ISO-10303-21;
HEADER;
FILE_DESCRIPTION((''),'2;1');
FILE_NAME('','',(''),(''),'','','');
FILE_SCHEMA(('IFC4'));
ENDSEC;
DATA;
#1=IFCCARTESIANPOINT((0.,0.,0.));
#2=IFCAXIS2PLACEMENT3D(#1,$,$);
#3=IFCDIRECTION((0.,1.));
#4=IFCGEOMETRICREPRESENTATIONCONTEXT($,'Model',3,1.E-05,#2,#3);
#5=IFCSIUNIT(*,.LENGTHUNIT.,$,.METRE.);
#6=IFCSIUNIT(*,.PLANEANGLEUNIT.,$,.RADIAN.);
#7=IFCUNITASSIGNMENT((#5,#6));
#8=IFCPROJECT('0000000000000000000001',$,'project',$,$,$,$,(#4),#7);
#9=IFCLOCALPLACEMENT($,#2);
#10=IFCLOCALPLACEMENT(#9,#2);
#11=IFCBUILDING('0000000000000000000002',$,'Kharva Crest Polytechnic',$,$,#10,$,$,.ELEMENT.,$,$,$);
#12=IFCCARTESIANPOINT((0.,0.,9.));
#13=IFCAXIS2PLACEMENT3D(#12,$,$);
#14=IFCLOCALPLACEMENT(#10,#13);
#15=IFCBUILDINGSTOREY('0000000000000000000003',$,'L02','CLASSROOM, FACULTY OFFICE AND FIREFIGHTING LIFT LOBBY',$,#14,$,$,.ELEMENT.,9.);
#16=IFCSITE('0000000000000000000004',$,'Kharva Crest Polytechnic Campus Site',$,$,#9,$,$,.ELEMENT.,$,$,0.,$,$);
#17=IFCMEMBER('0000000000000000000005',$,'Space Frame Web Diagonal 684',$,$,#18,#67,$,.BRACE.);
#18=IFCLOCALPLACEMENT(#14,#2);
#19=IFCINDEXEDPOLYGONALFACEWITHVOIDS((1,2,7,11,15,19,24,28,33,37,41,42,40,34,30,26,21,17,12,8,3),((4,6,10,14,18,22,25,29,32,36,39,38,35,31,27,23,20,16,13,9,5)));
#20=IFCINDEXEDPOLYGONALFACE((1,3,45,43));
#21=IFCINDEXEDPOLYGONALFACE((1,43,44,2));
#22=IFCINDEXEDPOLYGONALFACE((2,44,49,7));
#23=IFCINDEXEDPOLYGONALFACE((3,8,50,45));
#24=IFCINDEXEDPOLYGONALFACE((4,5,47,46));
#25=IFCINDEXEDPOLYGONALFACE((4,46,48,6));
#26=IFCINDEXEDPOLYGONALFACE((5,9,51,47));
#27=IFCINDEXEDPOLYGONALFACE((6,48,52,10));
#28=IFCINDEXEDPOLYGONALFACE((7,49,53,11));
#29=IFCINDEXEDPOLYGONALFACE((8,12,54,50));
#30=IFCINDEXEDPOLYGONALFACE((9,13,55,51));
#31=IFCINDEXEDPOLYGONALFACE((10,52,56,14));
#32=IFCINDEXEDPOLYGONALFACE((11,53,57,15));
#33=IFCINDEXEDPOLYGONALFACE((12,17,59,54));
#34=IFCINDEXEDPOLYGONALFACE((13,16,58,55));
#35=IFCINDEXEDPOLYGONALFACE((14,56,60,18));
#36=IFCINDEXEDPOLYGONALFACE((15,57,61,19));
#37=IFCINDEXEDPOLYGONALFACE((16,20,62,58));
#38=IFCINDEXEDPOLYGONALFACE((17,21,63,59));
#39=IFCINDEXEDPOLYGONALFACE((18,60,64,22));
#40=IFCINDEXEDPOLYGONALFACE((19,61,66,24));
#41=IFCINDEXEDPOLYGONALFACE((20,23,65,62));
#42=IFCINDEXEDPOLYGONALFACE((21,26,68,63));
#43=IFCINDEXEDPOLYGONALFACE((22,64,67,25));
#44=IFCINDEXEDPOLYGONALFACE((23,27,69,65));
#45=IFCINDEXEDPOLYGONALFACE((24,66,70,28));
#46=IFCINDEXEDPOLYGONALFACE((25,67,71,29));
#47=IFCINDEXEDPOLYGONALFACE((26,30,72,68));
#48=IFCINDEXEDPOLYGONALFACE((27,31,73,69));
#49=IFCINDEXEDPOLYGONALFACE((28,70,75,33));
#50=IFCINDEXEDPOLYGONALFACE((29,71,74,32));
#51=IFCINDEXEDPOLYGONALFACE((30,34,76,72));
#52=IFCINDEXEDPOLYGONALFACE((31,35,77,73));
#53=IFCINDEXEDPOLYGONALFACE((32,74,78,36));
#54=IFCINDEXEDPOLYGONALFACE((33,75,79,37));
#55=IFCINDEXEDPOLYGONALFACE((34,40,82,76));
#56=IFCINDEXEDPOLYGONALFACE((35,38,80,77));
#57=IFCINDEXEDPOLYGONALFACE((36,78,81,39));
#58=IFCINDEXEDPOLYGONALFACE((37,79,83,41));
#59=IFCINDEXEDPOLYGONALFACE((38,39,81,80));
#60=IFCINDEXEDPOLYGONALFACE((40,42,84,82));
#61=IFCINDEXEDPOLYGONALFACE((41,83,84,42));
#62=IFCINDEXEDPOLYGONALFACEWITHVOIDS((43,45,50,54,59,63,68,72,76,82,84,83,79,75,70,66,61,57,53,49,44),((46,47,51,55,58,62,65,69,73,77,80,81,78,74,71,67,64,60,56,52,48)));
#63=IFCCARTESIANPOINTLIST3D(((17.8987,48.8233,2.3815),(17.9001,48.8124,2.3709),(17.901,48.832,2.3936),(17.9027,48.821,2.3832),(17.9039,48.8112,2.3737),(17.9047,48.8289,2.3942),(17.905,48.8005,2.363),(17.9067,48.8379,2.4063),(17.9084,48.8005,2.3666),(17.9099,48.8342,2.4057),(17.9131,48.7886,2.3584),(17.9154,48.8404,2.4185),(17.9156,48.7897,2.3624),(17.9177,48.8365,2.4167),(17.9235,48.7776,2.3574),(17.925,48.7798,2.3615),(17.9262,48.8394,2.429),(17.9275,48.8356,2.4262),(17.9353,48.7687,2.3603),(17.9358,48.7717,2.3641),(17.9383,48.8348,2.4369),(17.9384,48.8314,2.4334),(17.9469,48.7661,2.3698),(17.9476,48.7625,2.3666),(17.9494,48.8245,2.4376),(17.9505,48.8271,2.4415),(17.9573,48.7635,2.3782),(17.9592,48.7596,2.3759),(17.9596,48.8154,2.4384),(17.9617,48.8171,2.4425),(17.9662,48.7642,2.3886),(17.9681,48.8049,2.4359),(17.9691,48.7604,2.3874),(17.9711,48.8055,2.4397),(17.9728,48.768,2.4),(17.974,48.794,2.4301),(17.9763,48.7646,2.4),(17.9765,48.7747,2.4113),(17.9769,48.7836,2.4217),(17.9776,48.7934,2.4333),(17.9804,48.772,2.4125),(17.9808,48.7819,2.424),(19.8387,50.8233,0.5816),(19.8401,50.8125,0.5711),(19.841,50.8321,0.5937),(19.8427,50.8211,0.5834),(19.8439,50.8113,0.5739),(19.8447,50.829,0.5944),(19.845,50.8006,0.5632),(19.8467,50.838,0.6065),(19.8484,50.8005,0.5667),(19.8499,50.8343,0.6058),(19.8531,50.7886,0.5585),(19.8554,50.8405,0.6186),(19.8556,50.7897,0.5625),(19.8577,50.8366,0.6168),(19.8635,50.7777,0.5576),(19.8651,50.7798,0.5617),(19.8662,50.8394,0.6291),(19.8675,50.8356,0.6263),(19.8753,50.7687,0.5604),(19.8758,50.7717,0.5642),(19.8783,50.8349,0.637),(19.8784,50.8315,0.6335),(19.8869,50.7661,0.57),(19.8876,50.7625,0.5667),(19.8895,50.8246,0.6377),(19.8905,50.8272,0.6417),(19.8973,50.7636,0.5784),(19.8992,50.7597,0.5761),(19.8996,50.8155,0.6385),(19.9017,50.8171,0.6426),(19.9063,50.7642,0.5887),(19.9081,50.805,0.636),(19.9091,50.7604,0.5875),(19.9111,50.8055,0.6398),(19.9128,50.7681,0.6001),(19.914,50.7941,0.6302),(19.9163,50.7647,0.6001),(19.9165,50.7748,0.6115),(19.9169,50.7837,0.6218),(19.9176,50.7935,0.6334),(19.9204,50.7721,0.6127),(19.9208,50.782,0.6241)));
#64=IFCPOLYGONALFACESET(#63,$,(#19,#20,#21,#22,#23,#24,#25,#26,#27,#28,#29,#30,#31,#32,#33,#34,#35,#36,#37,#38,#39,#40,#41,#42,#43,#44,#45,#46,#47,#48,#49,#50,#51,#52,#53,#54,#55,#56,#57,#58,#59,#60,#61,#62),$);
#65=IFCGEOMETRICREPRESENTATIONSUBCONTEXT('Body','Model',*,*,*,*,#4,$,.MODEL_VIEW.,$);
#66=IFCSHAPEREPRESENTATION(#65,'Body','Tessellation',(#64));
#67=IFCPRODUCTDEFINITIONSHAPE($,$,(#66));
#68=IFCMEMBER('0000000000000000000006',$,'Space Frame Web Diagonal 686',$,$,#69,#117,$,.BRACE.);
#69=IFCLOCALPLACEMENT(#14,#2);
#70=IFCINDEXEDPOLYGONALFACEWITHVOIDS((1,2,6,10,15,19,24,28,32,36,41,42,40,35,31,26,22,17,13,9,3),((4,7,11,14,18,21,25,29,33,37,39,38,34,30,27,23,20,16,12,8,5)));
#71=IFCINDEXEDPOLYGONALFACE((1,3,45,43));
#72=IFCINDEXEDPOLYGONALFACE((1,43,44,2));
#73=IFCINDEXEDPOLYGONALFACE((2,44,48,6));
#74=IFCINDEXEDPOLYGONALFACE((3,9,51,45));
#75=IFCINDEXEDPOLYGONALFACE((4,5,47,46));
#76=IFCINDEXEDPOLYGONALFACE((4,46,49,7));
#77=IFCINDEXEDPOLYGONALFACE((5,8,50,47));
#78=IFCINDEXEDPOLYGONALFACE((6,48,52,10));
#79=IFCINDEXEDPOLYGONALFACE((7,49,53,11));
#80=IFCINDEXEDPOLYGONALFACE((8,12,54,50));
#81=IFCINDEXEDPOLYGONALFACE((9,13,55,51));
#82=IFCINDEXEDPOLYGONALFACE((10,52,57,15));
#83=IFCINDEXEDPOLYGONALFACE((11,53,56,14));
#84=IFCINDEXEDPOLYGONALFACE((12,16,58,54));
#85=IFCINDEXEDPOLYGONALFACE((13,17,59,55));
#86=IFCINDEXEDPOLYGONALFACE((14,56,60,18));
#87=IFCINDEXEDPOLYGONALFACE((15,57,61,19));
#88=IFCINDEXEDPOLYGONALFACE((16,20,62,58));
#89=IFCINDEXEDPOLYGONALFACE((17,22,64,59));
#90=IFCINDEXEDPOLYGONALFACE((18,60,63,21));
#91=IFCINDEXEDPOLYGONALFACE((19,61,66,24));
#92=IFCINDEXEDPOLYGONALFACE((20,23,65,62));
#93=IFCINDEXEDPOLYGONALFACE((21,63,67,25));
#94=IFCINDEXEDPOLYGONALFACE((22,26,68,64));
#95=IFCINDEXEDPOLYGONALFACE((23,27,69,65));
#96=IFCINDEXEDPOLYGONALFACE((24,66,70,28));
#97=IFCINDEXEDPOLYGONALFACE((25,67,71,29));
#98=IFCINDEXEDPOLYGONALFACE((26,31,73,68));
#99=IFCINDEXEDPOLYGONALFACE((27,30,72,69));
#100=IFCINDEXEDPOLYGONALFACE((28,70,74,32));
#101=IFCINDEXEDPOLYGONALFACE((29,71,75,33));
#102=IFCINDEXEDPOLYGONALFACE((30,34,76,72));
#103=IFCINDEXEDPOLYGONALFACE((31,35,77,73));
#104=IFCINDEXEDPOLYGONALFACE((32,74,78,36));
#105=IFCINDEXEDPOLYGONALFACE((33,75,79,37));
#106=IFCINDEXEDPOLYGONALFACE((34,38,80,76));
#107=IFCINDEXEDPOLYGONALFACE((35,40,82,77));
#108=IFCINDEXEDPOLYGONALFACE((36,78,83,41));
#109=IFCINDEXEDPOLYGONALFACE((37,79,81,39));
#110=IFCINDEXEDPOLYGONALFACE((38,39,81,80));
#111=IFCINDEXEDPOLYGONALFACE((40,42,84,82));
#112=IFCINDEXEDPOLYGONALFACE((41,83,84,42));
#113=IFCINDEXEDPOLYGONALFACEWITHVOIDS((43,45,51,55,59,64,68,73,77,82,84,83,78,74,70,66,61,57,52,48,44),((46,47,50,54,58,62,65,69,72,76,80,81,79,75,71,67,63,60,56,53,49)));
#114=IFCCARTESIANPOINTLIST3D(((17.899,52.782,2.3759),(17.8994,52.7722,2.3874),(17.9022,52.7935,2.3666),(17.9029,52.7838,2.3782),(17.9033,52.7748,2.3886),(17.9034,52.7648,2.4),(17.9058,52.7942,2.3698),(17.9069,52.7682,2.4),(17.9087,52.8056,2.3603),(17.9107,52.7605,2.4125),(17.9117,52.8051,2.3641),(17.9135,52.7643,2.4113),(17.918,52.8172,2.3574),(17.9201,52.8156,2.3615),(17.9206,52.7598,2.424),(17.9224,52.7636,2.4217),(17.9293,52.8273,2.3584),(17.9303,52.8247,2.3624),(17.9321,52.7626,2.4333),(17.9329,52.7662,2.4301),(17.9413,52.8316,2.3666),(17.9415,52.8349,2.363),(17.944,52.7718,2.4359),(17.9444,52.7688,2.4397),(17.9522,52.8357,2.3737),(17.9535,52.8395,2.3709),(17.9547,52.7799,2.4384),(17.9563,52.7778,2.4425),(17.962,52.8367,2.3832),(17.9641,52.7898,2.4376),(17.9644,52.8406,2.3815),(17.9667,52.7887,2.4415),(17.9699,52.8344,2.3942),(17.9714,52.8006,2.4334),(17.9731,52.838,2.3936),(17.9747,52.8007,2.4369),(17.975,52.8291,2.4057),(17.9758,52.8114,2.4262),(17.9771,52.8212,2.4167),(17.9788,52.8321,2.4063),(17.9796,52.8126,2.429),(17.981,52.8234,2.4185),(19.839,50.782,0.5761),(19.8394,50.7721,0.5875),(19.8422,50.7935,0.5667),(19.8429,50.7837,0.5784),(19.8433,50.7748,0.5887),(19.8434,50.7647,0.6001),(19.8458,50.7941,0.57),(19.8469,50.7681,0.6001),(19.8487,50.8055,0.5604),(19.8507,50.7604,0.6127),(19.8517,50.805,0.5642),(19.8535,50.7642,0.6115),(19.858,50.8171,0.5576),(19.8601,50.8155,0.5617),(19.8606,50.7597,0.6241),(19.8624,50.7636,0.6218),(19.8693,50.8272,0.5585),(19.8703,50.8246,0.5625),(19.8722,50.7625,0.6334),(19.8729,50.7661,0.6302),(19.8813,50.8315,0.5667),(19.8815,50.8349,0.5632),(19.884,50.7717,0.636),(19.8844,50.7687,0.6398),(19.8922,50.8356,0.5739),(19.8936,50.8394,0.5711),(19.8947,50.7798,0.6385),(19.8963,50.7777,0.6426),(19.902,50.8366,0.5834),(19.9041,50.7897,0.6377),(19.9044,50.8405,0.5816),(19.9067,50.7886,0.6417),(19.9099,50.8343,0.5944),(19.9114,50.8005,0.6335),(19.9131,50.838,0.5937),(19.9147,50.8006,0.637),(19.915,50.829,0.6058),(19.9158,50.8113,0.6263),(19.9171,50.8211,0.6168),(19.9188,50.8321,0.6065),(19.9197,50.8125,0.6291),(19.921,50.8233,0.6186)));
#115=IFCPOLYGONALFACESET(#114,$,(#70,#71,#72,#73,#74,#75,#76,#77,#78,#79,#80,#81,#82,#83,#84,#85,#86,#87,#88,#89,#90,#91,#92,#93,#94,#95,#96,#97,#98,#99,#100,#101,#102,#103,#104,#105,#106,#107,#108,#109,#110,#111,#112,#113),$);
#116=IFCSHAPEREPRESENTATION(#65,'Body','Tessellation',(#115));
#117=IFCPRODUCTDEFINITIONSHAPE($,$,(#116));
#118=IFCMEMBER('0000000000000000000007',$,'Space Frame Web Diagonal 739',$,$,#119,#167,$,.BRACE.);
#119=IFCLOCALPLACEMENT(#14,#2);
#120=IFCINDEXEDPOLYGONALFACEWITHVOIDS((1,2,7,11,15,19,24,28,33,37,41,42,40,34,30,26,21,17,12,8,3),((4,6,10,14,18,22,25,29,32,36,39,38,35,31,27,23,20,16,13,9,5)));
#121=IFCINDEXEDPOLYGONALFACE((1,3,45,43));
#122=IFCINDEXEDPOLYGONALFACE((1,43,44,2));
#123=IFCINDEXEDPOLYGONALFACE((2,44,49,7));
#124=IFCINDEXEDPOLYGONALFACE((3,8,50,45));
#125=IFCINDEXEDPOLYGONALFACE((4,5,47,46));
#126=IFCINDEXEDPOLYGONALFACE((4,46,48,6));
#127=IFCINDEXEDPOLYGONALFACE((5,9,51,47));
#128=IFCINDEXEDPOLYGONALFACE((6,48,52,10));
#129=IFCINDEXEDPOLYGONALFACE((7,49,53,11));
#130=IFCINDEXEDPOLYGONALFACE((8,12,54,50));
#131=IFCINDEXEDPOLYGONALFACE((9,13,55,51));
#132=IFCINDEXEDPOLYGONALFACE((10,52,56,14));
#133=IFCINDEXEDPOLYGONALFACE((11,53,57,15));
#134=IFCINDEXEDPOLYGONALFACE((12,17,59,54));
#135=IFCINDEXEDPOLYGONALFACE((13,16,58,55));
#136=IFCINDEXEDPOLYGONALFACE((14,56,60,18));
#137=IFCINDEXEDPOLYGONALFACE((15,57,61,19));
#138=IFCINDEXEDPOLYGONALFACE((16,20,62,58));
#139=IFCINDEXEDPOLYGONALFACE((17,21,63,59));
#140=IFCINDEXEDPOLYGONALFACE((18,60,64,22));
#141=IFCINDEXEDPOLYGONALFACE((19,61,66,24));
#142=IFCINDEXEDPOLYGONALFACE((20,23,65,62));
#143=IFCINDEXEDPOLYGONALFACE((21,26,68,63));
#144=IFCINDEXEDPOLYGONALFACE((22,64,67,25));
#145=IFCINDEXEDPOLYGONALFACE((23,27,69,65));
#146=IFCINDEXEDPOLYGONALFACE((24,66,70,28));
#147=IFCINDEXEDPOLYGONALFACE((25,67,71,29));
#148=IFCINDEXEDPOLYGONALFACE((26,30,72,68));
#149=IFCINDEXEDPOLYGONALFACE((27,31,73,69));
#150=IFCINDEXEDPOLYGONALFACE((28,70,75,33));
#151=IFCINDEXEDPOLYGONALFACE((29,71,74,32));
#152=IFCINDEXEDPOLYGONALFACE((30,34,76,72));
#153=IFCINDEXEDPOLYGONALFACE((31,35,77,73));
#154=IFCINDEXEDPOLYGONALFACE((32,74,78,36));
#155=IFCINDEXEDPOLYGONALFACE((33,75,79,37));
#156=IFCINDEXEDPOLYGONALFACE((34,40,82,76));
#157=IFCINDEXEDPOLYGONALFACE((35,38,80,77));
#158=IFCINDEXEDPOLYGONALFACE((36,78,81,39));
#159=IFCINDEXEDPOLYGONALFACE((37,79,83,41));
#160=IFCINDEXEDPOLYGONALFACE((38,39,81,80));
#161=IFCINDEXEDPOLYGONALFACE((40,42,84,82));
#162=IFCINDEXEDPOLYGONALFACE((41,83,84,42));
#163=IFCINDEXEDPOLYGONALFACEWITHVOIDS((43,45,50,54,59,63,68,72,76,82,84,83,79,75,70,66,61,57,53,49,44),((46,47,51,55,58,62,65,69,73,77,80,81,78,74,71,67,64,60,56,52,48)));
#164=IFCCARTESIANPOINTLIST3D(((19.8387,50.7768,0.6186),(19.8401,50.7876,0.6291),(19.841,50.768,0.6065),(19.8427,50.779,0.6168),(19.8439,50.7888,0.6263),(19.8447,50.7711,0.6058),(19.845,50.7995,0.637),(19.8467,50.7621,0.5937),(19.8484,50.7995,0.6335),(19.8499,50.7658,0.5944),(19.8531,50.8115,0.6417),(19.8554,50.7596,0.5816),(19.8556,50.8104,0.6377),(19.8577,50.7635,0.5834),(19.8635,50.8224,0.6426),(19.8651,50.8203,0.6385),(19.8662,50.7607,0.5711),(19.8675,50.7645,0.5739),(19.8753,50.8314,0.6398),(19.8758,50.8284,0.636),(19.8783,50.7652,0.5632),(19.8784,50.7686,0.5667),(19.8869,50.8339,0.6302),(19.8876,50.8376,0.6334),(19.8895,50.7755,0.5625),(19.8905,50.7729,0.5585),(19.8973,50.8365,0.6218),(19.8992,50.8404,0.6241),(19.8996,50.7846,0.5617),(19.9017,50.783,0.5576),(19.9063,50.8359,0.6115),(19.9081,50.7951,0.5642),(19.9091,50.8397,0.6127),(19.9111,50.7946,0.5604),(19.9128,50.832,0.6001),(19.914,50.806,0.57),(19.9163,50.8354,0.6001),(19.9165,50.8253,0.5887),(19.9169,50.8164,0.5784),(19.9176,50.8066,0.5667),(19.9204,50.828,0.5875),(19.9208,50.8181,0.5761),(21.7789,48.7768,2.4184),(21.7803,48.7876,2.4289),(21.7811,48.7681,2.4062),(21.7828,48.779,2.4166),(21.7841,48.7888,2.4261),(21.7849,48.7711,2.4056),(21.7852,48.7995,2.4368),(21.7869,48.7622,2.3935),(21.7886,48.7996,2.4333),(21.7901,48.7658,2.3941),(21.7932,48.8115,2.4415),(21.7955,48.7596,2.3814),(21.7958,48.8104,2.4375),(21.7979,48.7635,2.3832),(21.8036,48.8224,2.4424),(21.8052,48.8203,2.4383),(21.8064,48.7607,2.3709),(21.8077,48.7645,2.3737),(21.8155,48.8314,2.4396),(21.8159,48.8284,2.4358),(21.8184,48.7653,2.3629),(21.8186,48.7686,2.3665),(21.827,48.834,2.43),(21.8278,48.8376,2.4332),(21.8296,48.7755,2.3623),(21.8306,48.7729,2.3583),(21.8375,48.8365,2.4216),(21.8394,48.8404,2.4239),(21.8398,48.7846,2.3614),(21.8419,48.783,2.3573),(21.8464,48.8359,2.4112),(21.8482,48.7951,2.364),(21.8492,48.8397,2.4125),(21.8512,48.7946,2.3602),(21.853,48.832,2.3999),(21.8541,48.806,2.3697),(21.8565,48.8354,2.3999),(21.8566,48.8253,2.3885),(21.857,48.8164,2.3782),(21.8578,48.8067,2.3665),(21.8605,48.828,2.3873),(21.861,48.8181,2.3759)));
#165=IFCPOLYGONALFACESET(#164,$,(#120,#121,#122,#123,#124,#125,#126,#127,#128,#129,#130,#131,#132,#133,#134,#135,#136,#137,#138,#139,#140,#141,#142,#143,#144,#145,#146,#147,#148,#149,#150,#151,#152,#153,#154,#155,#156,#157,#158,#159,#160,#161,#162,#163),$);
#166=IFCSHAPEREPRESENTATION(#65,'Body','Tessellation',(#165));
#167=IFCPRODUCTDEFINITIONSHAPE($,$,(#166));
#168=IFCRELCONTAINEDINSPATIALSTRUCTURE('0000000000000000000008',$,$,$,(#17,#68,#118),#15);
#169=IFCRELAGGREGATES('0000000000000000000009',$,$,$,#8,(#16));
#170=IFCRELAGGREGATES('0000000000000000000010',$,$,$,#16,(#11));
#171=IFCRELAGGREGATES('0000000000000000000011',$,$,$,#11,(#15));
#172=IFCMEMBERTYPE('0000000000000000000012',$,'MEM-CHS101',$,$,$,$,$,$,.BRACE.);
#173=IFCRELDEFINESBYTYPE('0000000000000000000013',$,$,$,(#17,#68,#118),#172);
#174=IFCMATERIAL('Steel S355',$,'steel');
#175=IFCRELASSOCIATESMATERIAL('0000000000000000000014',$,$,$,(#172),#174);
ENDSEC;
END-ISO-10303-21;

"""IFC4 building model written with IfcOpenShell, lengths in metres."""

from ifc_helpers import new_model, si_unit, direction, frame, origin, origin_2d, place, context, subcontext, project, spatial, hollow_circle, extrude, material, material_profile, profile_set, type_object, element, save


model = new_model("IFC4")

# Units and contexts
model_context = context("Model", 3, precision=1e-05, world=origin(), true_north=direction((0.0, 1.0)))
body_context = subcontext(model_context, "Body", "Model", "MODEL_VIEW")
ifc_project = project(units=[si_unit("LENGTHUNIT", "METRE"), si_unit("PLANEANGLEUNIT", "RADIAN")], contexts=[model_context])

# Site, building, storey
site_placement = place(None, origin())
site = spatial("IfcSite", under=ifc_project, at=site_placement, Name="Kharva Crest Polytechnic Campus Site", CompositionType="ELEMENT", RefElevation=0.0)
building_placement = place(site_placement, origin())
building = spatial("IfcBuilding", under=site, at=building_placement, Name="Kharva Crest Polytechnic", CompositionType="ELEMENT")
storey_placement = place(building_placement, frame((0.0, 0.0, 9.0)))
storey = spatial("IfcBuildingStorey", under=building, at=storey_placement, Name="L02", Description="CLASSROOM, FACULTY OFFICE AND FIREFIGHTING LIFT LOBBY", CompositionType="ELEMENT", Elevation=9.0)

# Shared definitions
ifc_material_1 = material(Name="Steel S355", Category="steel")

# Members
ifc_material_profile_1 = material_profile(ifc_material_1, hollow_circle(Radius=0.0508, WallThickness=0.0049, at=origin_2d()), Name="CHS 101.6X5.0")
ifc_profile_set_1 = profile_set([ifc_material_profile_1], Name="Steel S355")
member_type_1 = type_object("IfcMemberType", Name="MEM-CHS101", PredefinedType="BRACE", material=ifc_profile_set_1)
for number, where, z_axis, x_axis, name in (
    (1, (19.8799, 50.8, 0.6001), (-0.584843, -0.60295, 0.542596), (0.717802, -0.696247, 0.0), "Space Frame Web Diagonal 684"),
    (2, (19.8799, 50.8, 0.6001), (-0.584843, 0.60295, 0.542596), (-0.717802, -0.696247, 0.0), "Space Frame Web Diagonal 686"),
    (3, (19.8799, 50.8, 0.6001), (0.584892, -0.602924, 0.542572), (0.717758, 0.696292, 0.0), "Space Frame Web Diagonal 739"),
):
    element("IfcMember", number, at=place(storey_placement, frame(where, z_axis=z_axis, x_axis=x_axis)), inside=storey, type_object=member_type_1, Name=name, PredefinedType="BRACE", context=body_context, shape_type="SweptSolid", body=[
        extrude(hollow_circle(Radius=0.0508, WallThickness=0.0049, at=origin_2d()), origin(), (0.0, 0.0, 1.0), 3.3171),
    ])

save(model, "model.ifc")
